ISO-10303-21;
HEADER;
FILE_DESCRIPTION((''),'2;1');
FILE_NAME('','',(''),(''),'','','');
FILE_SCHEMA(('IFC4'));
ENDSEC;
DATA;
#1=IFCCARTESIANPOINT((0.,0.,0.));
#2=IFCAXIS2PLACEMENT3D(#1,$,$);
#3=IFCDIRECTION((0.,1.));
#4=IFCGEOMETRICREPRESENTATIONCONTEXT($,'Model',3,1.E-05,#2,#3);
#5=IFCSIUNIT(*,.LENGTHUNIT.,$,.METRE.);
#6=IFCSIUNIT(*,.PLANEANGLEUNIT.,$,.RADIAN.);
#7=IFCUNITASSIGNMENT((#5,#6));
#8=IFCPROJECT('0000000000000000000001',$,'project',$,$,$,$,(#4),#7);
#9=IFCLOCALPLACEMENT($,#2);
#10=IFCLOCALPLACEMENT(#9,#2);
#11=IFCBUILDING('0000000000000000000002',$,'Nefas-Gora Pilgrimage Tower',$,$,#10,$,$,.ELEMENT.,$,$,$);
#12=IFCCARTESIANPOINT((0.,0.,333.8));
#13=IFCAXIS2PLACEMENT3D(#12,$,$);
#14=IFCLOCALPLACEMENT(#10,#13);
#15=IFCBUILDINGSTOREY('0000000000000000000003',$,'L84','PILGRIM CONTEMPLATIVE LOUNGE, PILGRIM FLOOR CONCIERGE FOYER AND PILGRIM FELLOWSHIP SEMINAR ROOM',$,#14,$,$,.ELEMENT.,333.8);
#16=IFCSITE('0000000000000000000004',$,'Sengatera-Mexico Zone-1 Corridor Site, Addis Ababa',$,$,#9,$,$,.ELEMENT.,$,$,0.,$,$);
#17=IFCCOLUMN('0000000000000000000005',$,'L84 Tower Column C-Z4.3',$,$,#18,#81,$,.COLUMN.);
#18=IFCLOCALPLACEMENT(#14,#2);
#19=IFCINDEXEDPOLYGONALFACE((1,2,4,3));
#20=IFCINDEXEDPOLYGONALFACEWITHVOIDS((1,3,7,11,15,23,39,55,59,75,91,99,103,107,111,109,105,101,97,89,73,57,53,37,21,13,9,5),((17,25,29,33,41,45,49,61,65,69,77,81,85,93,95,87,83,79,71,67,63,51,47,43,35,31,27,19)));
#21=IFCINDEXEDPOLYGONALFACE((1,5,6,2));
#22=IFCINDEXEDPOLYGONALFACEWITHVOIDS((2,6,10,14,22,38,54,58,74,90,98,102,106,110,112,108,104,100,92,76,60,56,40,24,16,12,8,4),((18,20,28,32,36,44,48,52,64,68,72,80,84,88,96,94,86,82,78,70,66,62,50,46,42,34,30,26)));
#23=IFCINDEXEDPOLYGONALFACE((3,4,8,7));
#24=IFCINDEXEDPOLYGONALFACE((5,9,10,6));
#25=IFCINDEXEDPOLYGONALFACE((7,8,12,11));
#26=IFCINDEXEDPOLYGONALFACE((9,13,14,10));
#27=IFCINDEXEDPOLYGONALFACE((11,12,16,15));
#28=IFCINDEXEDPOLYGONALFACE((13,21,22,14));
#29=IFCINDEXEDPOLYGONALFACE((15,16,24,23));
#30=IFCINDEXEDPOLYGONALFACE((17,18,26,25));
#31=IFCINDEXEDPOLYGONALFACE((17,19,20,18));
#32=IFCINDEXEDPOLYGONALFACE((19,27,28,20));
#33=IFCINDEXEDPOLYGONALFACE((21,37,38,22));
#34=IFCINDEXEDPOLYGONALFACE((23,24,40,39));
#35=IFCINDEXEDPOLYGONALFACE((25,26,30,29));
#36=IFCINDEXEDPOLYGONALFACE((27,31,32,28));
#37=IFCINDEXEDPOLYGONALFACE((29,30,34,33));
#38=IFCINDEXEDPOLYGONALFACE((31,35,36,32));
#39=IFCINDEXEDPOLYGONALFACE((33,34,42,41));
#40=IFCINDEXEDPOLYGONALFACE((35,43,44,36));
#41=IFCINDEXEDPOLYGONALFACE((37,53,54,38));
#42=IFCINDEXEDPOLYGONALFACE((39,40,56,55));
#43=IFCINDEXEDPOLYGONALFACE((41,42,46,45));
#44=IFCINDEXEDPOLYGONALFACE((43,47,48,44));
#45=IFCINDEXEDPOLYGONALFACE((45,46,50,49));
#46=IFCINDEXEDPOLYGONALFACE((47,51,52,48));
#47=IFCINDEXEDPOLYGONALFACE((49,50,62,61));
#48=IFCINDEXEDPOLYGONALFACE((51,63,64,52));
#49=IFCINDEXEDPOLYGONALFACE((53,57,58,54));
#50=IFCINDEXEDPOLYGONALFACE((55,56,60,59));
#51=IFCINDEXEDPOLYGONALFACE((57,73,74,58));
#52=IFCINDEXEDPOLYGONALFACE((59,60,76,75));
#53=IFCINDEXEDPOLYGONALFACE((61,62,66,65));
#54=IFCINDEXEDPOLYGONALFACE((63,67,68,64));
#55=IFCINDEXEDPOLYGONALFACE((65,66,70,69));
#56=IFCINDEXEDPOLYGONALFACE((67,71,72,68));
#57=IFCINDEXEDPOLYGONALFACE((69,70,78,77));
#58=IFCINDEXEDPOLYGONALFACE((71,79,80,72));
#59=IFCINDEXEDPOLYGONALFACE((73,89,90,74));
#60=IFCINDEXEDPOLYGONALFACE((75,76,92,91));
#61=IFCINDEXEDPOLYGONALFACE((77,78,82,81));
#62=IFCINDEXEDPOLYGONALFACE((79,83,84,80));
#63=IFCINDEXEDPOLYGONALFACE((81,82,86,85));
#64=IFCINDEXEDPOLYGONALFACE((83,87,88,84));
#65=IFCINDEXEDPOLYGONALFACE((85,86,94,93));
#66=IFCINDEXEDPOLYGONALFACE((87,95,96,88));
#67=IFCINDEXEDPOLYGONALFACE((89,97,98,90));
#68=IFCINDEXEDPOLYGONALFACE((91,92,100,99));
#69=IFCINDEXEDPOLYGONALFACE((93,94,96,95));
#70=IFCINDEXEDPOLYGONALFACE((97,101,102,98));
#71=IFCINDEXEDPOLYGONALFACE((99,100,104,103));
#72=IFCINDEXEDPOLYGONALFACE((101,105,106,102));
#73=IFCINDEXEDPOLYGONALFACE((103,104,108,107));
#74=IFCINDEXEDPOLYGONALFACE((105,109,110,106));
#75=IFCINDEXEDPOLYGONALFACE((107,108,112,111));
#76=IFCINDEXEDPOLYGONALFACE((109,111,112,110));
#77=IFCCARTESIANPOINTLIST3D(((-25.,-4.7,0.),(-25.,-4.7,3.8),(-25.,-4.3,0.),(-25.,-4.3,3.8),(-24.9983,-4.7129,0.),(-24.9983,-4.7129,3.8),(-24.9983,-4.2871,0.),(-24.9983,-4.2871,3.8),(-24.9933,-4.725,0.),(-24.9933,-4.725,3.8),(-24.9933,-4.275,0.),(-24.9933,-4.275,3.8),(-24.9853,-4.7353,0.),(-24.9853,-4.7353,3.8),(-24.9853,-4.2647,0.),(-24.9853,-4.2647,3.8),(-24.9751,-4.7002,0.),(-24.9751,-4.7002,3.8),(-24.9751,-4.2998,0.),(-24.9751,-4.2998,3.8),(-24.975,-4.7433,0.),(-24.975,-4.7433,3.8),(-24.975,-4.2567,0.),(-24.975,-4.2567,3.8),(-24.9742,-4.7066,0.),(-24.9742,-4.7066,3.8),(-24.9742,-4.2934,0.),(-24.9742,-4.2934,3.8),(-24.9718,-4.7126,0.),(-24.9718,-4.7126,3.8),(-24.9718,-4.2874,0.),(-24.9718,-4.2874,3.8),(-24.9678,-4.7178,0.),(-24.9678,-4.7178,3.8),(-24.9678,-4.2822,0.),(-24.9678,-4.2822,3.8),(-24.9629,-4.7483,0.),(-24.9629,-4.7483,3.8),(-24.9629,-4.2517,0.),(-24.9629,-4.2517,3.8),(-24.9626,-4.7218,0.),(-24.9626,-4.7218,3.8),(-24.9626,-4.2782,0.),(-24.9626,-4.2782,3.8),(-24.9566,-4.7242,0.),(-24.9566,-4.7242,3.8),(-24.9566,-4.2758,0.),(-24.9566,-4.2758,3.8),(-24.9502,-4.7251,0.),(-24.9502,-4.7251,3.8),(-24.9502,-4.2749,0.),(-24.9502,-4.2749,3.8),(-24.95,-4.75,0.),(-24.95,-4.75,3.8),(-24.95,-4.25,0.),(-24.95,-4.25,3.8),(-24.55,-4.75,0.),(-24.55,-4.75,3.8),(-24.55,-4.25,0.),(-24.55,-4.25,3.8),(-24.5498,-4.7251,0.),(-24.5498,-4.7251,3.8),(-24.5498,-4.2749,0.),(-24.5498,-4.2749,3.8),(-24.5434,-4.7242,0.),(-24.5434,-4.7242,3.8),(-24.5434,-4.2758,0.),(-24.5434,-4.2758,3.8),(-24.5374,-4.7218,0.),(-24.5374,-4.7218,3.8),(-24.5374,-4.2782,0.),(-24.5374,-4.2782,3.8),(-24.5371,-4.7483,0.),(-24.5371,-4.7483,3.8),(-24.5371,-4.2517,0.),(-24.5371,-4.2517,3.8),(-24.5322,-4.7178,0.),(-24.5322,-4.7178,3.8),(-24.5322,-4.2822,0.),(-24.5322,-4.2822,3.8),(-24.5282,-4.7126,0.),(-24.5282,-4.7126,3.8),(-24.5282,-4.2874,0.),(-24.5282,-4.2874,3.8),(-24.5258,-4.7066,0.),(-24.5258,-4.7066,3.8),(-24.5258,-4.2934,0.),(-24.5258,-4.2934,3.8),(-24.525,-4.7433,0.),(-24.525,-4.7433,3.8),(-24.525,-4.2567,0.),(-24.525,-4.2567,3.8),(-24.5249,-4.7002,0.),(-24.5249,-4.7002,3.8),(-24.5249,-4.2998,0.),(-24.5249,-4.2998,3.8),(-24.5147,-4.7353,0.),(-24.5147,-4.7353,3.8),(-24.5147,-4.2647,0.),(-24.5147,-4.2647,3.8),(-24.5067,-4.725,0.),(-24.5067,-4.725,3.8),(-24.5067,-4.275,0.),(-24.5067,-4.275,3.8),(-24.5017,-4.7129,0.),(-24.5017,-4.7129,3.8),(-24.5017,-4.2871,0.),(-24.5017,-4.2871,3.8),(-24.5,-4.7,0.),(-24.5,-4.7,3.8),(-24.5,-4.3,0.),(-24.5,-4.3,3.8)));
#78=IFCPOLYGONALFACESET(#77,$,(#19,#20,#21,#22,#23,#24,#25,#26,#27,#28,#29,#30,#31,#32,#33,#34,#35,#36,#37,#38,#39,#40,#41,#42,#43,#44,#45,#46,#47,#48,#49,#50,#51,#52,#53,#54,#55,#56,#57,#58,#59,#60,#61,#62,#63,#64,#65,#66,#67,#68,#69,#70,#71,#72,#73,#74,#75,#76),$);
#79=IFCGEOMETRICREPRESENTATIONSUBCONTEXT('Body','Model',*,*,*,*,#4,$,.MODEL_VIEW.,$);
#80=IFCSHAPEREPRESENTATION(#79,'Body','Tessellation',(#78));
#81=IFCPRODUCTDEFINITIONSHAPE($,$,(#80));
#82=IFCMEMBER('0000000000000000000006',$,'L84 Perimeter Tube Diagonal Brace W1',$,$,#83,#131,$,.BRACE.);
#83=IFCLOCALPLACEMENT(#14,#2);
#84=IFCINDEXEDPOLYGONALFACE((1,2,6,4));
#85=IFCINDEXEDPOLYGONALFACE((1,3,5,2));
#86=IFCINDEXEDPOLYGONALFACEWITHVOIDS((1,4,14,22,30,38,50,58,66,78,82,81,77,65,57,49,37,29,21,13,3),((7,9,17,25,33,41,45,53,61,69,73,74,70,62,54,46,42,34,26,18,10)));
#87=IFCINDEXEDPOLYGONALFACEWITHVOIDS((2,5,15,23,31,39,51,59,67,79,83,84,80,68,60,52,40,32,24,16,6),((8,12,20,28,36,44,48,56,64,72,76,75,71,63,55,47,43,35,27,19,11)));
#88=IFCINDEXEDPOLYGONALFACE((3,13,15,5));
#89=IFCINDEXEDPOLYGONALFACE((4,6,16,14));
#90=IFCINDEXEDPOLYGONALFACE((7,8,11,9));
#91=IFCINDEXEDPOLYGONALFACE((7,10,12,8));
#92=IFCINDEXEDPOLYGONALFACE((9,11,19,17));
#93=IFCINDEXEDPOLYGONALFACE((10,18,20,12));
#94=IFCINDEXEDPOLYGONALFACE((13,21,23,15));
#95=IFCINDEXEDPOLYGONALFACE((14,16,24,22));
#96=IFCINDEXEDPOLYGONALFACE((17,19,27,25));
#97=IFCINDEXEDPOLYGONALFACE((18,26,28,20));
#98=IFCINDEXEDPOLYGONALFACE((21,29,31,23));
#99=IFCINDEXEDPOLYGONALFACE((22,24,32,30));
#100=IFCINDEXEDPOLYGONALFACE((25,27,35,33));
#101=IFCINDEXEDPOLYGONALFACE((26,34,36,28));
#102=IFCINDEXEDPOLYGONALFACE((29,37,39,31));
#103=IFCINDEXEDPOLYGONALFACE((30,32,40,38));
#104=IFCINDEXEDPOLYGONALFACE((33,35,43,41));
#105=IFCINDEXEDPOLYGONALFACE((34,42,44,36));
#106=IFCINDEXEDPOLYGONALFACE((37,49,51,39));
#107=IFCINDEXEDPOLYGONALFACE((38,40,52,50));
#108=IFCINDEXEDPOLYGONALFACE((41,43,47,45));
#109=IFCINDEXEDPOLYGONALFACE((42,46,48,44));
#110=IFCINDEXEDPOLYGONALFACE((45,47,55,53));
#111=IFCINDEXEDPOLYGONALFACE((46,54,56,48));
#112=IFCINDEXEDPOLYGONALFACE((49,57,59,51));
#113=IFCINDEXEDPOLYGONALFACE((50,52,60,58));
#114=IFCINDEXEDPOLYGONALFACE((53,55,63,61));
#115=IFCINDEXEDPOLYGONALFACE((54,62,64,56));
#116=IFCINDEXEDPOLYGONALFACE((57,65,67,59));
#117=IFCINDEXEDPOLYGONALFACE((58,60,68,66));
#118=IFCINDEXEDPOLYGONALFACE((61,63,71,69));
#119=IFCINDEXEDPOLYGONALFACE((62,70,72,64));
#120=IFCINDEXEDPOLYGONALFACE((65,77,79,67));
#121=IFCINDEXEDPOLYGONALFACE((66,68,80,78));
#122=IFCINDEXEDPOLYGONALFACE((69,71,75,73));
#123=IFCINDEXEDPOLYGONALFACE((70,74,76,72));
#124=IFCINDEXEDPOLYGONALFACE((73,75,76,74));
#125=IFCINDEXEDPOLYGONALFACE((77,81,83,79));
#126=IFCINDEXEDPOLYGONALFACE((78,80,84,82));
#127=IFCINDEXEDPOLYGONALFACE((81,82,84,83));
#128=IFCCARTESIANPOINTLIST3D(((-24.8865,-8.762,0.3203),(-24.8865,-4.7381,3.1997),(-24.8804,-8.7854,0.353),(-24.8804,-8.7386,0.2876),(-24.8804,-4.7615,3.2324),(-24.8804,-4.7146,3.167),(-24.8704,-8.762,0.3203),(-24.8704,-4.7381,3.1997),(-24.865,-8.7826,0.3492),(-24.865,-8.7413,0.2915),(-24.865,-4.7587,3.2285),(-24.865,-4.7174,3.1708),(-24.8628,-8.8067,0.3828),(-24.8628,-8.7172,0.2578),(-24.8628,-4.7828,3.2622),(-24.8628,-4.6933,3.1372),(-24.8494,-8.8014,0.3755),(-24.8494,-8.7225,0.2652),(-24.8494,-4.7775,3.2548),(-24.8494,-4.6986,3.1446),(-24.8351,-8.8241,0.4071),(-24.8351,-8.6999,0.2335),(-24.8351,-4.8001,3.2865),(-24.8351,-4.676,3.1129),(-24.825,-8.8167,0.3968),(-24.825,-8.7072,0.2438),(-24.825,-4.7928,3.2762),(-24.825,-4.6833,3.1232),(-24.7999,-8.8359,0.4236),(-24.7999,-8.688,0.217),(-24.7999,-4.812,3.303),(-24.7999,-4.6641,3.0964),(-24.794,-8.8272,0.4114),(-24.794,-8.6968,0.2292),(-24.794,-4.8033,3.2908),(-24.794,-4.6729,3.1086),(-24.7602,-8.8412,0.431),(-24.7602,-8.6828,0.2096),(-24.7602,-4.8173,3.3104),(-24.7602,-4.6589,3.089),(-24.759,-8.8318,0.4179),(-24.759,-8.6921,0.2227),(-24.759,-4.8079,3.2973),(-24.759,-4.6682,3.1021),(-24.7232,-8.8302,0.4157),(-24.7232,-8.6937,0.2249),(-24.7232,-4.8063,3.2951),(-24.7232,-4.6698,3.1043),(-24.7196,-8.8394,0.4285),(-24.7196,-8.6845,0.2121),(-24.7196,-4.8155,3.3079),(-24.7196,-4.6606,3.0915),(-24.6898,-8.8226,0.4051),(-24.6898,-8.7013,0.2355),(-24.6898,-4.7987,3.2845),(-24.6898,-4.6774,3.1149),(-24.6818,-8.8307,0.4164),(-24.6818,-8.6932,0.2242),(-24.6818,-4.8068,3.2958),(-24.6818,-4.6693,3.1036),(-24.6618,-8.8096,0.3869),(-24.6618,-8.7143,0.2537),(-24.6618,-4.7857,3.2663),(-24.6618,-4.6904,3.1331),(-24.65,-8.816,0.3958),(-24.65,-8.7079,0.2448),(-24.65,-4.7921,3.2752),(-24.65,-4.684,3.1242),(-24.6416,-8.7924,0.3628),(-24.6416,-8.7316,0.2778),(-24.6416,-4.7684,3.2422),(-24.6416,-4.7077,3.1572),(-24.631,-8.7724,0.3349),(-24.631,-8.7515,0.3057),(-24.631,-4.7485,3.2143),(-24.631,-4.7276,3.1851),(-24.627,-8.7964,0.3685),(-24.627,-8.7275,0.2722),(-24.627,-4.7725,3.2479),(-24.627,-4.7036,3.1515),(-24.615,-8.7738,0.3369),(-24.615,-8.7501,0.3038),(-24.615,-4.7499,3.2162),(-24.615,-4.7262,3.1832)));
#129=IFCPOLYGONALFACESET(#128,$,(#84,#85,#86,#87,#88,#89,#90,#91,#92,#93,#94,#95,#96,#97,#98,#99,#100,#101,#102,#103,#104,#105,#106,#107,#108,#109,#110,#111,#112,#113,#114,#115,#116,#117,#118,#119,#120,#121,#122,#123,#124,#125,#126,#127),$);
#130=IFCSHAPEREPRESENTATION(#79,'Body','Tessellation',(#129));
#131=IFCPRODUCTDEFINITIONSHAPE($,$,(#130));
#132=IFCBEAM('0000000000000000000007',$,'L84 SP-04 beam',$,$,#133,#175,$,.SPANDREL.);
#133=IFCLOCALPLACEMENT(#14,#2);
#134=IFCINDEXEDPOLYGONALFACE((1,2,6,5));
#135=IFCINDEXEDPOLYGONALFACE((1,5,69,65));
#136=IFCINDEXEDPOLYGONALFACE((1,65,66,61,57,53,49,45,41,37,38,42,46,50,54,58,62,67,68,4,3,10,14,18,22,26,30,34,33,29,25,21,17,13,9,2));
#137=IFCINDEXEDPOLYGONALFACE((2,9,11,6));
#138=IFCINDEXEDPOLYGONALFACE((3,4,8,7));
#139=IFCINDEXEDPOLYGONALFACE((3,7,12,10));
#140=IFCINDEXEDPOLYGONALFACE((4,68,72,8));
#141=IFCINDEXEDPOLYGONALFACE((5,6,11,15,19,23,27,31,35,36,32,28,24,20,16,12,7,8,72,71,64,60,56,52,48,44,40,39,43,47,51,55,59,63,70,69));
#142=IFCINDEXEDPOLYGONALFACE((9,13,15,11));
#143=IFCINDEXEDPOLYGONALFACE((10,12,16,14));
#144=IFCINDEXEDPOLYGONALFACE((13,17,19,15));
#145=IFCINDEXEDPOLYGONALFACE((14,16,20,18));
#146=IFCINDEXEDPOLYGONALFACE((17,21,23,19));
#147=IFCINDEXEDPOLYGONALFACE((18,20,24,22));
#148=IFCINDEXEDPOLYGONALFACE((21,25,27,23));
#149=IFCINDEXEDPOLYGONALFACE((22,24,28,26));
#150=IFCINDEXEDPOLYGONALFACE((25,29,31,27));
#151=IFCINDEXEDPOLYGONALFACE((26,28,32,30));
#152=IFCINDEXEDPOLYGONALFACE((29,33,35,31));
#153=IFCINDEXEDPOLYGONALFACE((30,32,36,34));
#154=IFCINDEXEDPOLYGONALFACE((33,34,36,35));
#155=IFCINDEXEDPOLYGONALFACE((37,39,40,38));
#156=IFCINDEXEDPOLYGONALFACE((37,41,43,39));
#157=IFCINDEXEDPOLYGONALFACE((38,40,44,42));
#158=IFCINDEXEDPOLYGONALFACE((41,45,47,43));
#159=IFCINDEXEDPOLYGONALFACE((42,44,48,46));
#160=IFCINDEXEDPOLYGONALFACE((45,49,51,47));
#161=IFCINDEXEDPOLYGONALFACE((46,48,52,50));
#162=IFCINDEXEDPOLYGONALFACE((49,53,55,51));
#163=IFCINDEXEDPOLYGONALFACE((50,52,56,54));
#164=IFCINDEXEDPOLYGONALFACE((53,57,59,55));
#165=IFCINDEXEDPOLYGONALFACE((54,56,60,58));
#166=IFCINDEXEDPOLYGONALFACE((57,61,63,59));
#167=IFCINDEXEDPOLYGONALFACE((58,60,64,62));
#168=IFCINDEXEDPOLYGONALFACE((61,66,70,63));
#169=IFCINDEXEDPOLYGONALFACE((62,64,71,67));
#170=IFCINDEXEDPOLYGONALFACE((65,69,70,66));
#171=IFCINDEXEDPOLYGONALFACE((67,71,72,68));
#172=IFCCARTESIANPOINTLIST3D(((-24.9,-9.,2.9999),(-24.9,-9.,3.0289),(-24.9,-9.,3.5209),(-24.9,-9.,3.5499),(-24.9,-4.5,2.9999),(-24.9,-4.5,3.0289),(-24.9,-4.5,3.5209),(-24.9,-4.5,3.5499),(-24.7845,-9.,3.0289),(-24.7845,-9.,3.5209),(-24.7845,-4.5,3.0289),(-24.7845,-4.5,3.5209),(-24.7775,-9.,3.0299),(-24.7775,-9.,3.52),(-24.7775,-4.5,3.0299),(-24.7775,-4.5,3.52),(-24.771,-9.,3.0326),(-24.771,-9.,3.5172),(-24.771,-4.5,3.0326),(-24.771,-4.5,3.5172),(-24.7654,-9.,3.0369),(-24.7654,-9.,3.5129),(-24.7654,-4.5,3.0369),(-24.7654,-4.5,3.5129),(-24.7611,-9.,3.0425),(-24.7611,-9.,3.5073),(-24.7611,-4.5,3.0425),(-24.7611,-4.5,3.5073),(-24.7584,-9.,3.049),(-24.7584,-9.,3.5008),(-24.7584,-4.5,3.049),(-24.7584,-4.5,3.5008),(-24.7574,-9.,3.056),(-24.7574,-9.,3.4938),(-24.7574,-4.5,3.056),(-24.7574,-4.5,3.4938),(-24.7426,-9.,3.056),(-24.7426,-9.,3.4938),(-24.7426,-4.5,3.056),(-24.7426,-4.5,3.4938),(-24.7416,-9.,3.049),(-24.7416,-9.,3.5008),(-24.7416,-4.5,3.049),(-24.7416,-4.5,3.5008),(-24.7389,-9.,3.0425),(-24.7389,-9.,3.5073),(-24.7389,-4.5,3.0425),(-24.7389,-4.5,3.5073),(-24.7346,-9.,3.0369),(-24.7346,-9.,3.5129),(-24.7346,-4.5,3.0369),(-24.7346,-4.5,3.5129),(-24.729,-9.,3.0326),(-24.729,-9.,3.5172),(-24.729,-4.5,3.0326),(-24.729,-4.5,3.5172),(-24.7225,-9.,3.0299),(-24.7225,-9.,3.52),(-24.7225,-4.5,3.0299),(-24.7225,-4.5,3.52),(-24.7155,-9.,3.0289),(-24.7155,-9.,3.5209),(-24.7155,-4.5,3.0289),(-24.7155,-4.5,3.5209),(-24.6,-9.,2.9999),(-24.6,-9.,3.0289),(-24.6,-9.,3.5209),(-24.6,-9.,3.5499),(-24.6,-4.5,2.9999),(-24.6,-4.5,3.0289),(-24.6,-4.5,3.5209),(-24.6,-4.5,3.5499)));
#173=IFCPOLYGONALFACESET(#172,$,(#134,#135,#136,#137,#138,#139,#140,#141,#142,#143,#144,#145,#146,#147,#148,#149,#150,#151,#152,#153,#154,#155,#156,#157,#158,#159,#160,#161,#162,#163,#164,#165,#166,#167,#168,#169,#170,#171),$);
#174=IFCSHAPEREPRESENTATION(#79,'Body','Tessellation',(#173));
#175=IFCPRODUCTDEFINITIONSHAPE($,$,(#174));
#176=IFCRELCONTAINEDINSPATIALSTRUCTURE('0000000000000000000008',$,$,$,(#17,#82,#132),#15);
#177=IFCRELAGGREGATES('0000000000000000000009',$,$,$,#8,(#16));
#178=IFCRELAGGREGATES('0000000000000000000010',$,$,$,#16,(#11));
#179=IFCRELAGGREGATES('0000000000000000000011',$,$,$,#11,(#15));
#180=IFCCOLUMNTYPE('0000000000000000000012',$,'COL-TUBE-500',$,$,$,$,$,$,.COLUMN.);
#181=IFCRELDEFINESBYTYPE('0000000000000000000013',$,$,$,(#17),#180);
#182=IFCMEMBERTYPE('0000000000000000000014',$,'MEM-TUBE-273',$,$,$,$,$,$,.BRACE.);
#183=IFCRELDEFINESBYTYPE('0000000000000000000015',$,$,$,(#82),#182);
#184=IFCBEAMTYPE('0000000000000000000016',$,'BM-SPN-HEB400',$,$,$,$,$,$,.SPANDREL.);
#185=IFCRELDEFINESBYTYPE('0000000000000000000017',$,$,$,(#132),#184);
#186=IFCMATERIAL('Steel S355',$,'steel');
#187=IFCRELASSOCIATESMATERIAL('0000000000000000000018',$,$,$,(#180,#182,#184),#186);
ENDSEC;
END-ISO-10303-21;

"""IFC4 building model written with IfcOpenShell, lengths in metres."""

from ifc_helpers import new_model, si_unit, direction, frame, origin, origin_2d, place, context, subcontext, project, spatial, hollow_rectangle, hollow_circle, i_section, extrude, source, transform, mapped, material, material_profile, profile_set, type_object, element, save


model = new_model("IFC4")

# Units and contexts
model_context = context("Model", 3, precision=1e-05, world=origin(), true_north=direction((0.0, 1.0)))
body_context = subcontext(model_context, "Body", "Model", "MODEL_VIEW")
ifc_project = project(units=[si_unit("LENGTHUNIT", "METRE"), si_unit("PLANEANGLEUNIT", "RADIAN")], contexts=[model_context])

# Site, building, storey
site_placement = place(None, origin())
site = spatial("IfcSite", under=ifc_project, at=site_placement, Name="Sengatera-Mexico Zone-1 Corridor Site, Addis Ababa", CompositionType="ELEMENT", RefElevation=0.0)
building_placement = place(site_placement, origin())
building = spatial("IfcBuilding", under=site, at=building_placement, Name="Nefas-Gora Pilgrimage Tower", CompositionType="ELEMENT")
storey_placement = place(building_placement, frame((0.0, 0.0, 333.8)))
storey = spatial("IfcBuildingStorey", under=building, at=storey_placement, Name="L84", Description="PILGRIM CONTEMPLATIVE LOUNGE, PILGRIM FLOOR CONCIERGE FOYER AND PILGRIM FELLOWSHIP SEMINAR ROOM", CompositionType="ELEMENT", Elevation=333.8)

# Column
ifc_material_1 = material(Name="Steel S355", Category="steel")
ifc_material_profile_1 = material_profile(ifc_material_1, hollow_rectangle(XDim=0.5, YDim=0.5, WallThickness=0.0249, InnerFilletRadius=0.0249, OuterFilletRadius=0.05, at=origin_2d()), Name="SHS 500x500x25")
ifc_profile_set_1 = profile_set([ifc_material_profile_1], Name="Steel S355")
column_type_1 = type_object("IfcColumnType", Name="COL-TUBE-500", PredefinedType="COLUMN", material=ifc_profile_set_1)
shared_shape_1 = source(origin(), body_context, "Body", "SweptSolid", [
    extrude(hollow_rectangle(XDim=0.5, YDim=0.5, WallThickness=0.0249, InnerFilletRadius=0.0249, OuterFilletRadius=0.05, at=origin_2d()), origin(), (0.0, 0.0, 1.0), 3.8),
])
for number, where, z_axis, x_axis, name in (
    (1, (-24.75, -4.5, 0.0), (0.0, 0.0, 1.0), (1.0, 0.0, 0.0), "L84 Tower Column C-Z4.3"),
):
    element("IfcColumn", number, at=place(storey_placement, frame(where, z_axis=z_axis, x_axis=x_axis)), inside=storey, type_object=column_type_1, Name=name, PredefinedType="COLUMN", context=body_context, shape_type="MappedRepresentation", body=[
        mapped(shared_shape_1, transform((0.0, 0.0, 0.0), x_axis=(1.0, 0.0, 0.0), y_axis=(0.0, 1.0, 0.0), z_axis=(0.0, 0.0, 1.0), scale=1.0)),
    ])

# Member
ifc_material_profile_2 = material_profile(ifc_material_1, hollow_circle(Radius=0.1365, WallThickness=0.0161, at=origin_2d()), Name="CHS 273x16")
ifc_profile_set_2 = profile_set([ifc_material_profile_2], Name="Steel S355")
member_type_1 = type_object("IfcMemberType", Name="MEM-TUBE-273", PredefinedType="BRACE", material=ifc_profile_set_2)
shared_shape_2 = source(origin(), body_context, "Body", "SweptSolid", [
    extrude(hollow_circle(Radius=0.1365, WallThickness=0.0161, at=origin_2d()), origin(), (0.0, 0.0, 1.0), 4.948),
])
member_1_placement = place(storey_placement, frame((-24.75, -8.762, 0.3203), z_axis=(0.0, 0.81324, 0.581929), x_axis=(-1.0, 0.0, 0.0)))
element("IfcMember", 2, at=member_1_placement, inside=storey, type_object=member_type_1, Name="L84 Perimeter Tube Diagonal Brace W1", PredefinedType="BRACE", context=body_context, shape_type="MappedRepresentation", body=[
    mapped(shared_shape_2, transform((0.0, 0.0, 0.0), x_axis=(1.0, 0.0, 0.0), y_axis=(0.0, 1.0, 0.0), z_axis=(0.0, 0.0, 1.0), scale=1.0)),
])

# Beam
ifc_material_profile_3 = material_profile(ifc_material_1, i_section(OverallWidth=0.3, OverallDepth=0.55, WebThickness=0.0149, FlangeThickness=0.0291, FilletRadius=0.0271, at=origin_2d()), Name="HEB 550")
ifc_profile_set_3 = profile_set([ifc_material_profile_3], Name="Steel S355")
beam_type_1 = type_object("IfcBeamType", Name="BM-SPN-HEB400", PredefinedType="SPANDREL", material=ifc_profile_set_3)
shared_shape_3 = source(origin(), body_context, "Body", "SweptSolid", [
    extrude(i_section(OverallWidth=0.3, OverallDepth=0.55, WebThickness=0.0149, FlangeThickness=0.0291, FilletRadius=0.0271, at=origin_2d()), origin(), (0.0, 0.0, 1.0), 4.5),
])
for number, where, z_axis, x_axis, name in (
    (3, (-24.75, -9.0, 3.2749), (0.0, 1.0, 0.0), (-1.0, 0.0, 0.0), "L84 SP-04 beam"),
):
    element("IfcBeam", number, at=place(storey_placement, frame(where, z_axis=z_axis, x_axis=x_axis)), inside=storey, type_object=beam_type_1, Name=name, PredefinedType="SPANDREL", context=body_context, shape_type="MappedRepresentation", body=[
        mapped(shared_shape_3, transform((0.0, 0.0, 0.0), x_axis=(1.0, 0.0, 0.0), y_axis=(0.0, 1.0, 0.0), z_axis=(0.0, 0.0, 1.0), scale=1.0)),
    ])

save(model, "model.ifc")
